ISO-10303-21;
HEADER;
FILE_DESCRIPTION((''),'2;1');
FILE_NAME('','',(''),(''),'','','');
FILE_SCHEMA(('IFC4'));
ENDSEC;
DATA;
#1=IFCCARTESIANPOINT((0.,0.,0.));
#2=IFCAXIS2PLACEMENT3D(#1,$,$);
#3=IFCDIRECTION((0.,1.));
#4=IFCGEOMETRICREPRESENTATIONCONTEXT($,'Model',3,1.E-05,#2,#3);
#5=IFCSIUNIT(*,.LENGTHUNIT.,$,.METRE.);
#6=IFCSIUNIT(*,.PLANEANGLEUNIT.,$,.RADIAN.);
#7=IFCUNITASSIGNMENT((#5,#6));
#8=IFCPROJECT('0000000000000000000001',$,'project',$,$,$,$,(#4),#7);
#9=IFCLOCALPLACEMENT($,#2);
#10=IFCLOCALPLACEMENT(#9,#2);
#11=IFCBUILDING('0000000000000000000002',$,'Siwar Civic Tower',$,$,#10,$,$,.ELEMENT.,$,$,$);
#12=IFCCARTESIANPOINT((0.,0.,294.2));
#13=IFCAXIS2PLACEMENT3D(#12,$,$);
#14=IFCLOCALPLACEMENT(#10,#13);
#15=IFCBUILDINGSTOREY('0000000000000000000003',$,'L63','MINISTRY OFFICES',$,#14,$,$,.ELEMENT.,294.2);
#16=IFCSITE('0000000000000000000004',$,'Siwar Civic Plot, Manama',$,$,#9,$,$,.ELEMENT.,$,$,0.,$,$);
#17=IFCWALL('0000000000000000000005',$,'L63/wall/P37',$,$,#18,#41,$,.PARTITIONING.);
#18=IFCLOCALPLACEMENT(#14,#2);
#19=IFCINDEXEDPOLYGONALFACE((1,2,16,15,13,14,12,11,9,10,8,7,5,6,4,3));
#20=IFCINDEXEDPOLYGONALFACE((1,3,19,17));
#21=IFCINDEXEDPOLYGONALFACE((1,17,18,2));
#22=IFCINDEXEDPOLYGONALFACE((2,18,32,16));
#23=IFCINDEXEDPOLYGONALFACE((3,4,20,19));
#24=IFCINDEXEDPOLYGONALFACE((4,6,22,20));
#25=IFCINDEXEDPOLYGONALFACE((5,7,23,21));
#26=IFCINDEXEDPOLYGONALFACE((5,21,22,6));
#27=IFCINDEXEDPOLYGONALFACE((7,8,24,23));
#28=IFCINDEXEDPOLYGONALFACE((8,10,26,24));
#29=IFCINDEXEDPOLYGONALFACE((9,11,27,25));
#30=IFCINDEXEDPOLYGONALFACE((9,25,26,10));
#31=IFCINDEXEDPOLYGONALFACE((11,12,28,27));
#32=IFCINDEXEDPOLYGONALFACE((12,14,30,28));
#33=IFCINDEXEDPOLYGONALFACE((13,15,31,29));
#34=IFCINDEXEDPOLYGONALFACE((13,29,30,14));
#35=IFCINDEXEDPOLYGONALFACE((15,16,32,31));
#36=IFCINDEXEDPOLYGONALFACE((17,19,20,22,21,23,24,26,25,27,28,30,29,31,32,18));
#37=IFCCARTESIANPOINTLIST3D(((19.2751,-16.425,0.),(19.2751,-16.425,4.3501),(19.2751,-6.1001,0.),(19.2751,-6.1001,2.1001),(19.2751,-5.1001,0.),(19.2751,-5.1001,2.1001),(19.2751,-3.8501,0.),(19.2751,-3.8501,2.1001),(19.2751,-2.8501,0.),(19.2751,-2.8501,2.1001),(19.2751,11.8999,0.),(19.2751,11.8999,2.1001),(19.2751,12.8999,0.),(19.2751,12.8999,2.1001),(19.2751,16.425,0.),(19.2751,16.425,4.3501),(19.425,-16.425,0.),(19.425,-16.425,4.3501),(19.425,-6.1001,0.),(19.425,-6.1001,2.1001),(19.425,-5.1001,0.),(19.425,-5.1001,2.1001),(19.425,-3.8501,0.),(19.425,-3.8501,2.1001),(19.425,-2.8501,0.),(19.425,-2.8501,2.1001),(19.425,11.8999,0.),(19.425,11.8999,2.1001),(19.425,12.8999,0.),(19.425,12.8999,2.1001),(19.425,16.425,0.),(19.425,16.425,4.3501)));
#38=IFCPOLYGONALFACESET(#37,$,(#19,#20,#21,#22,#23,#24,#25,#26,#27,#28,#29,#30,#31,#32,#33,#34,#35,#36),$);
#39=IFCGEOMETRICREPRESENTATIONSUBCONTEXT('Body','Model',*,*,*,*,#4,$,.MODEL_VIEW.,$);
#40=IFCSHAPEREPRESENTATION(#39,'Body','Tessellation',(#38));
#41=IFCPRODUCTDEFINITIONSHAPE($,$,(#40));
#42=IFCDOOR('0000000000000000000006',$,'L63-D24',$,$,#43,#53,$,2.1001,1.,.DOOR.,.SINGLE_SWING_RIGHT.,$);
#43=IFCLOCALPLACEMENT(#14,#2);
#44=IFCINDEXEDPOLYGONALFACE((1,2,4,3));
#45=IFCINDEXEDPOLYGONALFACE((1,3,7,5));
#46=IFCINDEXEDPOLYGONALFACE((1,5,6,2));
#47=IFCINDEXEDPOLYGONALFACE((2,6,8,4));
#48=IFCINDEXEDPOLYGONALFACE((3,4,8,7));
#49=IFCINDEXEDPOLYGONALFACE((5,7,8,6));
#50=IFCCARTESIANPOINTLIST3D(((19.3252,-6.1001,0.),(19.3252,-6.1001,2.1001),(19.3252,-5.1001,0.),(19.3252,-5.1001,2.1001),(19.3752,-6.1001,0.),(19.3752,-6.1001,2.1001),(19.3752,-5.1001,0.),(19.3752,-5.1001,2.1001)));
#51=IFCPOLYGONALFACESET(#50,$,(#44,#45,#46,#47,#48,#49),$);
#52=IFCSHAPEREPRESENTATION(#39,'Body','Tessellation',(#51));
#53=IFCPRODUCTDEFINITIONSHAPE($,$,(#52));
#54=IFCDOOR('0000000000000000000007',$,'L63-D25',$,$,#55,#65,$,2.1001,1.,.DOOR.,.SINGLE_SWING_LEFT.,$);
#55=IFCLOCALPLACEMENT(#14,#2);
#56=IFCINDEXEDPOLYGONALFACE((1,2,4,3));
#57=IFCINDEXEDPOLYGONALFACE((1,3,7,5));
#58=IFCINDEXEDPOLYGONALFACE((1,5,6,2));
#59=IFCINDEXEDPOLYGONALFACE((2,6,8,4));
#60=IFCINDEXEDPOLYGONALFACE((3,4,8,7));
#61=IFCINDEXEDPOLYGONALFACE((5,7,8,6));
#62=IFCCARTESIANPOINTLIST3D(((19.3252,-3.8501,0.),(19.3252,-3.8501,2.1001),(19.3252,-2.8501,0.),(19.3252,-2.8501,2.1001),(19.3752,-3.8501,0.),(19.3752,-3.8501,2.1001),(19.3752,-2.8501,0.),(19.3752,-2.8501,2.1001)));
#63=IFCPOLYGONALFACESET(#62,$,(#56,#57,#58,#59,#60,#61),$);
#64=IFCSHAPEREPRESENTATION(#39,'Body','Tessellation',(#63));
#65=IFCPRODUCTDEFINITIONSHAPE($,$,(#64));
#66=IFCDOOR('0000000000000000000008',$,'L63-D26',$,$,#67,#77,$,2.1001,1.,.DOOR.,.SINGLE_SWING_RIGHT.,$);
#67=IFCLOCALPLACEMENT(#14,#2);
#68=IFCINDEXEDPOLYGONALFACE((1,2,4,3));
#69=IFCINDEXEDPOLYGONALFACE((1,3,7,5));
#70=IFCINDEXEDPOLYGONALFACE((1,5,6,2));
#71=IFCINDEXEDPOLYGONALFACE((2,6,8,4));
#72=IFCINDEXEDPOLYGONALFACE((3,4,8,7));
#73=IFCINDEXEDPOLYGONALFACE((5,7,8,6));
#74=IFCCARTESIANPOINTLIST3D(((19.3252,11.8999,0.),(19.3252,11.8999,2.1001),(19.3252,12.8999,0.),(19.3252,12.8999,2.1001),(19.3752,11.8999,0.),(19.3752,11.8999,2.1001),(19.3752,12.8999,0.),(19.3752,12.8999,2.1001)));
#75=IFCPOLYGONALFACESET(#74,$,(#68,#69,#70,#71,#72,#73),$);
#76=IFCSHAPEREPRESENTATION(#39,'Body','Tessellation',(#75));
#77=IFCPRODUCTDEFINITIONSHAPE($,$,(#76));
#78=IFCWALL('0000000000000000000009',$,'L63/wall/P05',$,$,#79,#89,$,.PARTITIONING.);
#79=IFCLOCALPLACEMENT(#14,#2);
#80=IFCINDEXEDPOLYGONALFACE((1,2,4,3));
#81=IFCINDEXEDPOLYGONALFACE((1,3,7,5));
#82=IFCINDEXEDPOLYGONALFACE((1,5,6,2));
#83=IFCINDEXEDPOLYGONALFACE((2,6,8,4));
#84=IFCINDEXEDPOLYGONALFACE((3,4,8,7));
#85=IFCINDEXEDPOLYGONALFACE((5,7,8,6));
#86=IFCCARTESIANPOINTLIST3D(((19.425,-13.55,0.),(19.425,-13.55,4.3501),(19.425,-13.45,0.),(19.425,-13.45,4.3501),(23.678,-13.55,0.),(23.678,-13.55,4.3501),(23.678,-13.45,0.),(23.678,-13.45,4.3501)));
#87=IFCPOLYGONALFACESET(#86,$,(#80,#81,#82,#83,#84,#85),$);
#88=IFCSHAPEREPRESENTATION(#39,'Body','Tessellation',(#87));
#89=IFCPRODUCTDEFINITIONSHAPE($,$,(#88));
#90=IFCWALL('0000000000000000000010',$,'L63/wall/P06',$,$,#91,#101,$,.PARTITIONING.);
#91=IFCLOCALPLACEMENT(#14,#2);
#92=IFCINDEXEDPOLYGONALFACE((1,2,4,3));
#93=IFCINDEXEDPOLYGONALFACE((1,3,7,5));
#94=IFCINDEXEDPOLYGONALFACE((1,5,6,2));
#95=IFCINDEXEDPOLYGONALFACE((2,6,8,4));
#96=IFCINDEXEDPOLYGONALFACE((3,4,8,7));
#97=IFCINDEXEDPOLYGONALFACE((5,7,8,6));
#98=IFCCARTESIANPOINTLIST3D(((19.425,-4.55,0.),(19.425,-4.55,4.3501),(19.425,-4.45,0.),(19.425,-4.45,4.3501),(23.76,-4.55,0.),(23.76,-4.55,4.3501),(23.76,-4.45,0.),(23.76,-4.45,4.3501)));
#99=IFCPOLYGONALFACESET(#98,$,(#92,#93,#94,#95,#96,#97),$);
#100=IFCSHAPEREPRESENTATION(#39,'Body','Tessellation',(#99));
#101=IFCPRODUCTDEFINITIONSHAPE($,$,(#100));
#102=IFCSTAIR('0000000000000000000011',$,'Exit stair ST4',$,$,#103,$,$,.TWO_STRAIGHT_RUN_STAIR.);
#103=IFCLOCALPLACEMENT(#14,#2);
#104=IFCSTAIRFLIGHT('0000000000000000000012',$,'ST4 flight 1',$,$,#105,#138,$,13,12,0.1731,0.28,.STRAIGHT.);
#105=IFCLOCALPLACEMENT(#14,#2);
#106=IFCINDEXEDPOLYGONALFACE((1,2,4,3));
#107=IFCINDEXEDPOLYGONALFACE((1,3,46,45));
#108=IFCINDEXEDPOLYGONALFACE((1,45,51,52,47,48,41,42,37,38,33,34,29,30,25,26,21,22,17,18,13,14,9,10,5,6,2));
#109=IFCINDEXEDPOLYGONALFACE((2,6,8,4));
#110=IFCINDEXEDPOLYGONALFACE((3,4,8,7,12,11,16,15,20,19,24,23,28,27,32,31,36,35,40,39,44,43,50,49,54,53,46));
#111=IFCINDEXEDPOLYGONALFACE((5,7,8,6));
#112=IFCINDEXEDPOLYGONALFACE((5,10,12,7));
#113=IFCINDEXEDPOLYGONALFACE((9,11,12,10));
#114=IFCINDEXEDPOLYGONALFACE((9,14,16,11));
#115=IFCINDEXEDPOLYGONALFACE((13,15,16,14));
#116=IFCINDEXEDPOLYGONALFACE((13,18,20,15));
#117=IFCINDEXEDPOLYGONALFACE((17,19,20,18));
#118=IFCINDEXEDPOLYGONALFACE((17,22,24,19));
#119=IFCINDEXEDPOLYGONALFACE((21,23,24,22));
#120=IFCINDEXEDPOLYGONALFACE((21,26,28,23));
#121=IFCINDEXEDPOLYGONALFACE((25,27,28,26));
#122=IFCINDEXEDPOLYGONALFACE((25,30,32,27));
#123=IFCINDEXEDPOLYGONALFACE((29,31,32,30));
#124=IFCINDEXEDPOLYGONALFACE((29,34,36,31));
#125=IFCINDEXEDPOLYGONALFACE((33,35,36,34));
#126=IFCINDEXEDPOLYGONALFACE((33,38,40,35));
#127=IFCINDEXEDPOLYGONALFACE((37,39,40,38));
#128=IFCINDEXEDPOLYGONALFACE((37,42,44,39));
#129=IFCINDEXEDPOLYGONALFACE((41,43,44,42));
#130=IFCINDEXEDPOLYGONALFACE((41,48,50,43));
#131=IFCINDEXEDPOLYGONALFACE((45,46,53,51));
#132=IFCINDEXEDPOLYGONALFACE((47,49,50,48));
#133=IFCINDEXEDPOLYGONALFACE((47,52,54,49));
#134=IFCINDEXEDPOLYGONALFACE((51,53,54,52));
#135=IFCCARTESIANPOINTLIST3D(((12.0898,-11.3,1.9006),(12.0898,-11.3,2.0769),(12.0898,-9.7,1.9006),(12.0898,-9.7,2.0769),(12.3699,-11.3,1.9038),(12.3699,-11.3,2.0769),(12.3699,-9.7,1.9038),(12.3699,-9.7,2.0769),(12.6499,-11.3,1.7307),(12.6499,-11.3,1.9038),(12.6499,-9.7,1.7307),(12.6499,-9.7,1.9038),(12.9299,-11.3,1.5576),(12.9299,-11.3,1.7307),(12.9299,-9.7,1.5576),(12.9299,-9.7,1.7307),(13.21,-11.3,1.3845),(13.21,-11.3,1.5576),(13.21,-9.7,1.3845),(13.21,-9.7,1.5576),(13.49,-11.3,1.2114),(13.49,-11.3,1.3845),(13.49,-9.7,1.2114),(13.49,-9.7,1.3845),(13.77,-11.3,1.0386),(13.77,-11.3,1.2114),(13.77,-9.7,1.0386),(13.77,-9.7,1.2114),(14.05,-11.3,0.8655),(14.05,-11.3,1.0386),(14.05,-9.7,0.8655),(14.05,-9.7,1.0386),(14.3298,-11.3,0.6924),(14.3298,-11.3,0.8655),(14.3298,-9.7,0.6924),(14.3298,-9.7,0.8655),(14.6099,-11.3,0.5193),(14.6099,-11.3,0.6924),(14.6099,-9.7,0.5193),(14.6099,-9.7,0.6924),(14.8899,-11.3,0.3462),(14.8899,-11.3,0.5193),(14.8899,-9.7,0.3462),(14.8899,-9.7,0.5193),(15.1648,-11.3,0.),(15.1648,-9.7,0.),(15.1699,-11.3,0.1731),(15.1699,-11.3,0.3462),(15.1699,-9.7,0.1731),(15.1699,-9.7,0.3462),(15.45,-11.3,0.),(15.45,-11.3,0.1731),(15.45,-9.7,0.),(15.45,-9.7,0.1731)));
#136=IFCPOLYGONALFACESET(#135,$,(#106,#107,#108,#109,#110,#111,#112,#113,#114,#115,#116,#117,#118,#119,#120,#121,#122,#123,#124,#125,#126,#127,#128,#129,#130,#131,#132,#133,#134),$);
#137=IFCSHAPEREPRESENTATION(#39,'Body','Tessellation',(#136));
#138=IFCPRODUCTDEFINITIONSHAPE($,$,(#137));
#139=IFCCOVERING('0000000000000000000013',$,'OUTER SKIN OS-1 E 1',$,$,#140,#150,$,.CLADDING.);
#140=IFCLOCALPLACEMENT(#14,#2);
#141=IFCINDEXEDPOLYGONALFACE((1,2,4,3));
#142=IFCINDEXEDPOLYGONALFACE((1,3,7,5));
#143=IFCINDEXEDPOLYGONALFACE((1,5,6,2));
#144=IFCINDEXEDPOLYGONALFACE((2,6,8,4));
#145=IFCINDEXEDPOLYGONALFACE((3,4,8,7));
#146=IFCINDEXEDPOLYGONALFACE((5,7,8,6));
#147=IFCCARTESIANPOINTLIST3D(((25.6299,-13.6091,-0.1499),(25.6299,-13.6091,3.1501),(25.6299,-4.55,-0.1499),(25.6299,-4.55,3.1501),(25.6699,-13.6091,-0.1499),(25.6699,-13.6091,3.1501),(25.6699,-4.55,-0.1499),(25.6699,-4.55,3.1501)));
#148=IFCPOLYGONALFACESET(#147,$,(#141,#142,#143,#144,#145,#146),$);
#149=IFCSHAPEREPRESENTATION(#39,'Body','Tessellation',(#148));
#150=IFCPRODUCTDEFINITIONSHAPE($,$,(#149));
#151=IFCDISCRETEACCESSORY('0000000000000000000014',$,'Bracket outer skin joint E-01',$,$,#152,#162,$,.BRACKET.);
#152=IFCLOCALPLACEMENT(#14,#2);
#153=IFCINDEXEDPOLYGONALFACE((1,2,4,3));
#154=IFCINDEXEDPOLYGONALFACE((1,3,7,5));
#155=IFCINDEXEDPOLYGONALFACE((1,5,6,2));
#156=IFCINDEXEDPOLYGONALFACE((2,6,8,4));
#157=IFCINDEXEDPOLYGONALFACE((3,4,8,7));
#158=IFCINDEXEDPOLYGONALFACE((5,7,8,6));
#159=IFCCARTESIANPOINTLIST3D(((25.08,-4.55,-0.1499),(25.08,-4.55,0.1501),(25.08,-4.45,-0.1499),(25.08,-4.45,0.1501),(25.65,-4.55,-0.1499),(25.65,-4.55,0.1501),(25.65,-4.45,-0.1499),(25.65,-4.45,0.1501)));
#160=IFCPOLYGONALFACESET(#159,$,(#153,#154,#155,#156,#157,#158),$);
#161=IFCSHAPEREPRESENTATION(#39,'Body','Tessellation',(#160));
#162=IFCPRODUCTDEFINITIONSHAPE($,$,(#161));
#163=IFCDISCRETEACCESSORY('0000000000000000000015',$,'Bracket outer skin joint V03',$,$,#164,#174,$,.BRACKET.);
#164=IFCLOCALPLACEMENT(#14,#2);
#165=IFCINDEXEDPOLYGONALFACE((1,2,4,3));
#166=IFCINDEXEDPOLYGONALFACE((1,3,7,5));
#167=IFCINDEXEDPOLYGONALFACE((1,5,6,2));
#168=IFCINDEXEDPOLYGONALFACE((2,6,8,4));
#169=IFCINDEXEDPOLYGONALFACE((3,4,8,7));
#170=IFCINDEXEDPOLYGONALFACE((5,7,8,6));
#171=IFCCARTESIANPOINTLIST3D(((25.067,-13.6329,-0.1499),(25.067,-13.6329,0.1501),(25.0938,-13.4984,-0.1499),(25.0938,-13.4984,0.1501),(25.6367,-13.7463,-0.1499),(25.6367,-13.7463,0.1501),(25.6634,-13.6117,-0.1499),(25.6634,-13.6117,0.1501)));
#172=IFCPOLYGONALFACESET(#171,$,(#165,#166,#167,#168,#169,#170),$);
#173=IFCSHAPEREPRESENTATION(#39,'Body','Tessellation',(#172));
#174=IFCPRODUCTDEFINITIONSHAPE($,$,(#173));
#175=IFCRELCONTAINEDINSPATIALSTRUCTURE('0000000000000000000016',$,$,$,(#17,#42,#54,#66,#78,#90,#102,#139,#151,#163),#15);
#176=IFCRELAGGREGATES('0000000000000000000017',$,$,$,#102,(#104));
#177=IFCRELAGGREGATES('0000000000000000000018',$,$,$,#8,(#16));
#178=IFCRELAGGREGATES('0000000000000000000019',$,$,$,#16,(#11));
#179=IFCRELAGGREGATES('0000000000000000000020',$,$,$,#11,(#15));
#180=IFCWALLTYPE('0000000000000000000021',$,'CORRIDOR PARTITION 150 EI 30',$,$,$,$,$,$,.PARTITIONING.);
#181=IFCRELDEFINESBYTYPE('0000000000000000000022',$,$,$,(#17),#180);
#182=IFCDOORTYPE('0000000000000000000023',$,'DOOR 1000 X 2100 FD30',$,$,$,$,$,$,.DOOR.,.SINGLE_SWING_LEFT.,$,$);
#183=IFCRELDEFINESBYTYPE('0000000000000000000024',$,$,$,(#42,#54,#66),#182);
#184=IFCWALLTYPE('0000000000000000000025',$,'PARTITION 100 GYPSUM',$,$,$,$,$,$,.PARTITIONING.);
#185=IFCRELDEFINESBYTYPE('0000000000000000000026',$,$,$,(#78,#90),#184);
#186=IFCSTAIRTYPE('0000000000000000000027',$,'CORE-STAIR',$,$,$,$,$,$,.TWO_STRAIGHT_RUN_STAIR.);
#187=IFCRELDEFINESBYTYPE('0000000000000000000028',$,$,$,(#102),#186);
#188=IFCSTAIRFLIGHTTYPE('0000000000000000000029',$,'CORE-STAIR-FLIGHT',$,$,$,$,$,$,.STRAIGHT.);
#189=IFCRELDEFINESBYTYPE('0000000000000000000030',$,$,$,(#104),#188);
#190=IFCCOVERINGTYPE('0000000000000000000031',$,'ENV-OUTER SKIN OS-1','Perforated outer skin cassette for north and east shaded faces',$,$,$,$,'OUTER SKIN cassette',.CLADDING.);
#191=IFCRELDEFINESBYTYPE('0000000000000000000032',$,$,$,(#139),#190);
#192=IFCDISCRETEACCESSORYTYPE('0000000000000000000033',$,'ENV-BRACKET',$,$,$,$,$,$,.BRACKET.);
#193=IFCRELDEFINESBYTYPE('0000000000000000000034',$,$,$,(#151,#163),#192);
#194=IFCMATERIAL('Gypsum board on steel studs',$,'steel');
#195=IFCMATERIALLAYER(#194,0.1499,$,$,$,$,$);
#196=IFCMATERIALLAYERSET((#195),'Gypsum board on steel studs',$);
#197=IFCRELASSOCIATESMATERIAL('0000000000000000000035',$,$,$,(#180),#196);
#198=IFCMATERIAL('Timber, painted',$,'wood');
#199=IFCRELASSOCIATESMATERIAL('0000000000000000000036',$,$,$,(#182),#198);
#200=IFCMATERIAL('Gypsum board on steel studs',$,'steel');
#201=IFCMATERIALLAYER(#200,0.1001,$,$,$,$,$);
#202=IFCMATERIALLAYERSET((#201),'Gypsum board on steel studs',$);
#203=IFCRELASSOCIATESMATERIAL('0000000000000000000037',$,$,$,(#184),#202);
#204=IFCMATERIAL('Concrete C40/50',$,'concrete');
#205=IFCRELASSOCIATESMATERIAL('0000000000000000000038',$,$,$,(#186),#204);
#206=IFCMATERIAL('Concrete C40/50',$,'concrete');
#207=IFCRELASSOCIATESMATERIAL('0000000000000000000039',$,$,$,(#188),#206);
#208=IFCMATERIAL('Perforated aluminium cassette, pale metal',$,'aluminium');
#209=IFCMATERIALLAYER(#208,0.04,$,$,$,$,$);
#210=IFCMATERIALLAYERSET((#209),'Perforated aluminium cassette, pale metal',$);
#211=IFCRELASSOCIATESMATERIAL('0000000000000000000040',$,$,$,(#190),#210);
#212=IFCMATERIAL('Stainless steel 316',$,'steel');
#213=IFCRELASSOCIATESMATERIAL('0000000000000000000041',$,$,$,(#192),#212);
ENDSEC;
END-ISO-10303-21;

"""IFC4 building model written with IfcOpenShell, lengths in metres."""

from ifc_helpers import new_model, si_unit, direction, frame, frame_2d, origin, origin_2d, place, context, subcontext, project, spatial, polyline, rectangle, outline, extrude, material, layer, layer_set, type_object, element, fill, aggregate, save


model = new_model("IFC4")

# Units and contexts
model_context = context("Model", 3, precision=1e-05, world=origin(), true_north=direction((0.0, 1.0)))
body_context = subcontext(model_context, "Body", "Model", "MODEL_VIEW")
ifc_project = project(units=[si_unit("LENGTHUNIT", "METRE"), si_unit("PLANEANGLEUNIT", "RADIAN")], contexts=[model_context])

# Site, building, storey
site_placement = place(None, origin())
site = spatial("IfcSite", under=ifc_project, at=site_placement, Name="Siwar Civic Plot, Manama", CompositionType="ELEMENT", RefElevation=0.0)
building_placement = place(site_placement, origin())
building = spatial("IfcBuilding", under=site, at=building_placement, Name="Siwar Civic Tower", CompositionType="ELEMENT")
storey_placement = place(building_placement, frame((0.0, 0.0, 294.2)))
storey = spatial("IfcBuildingStorey", under=building, at=storey_placement, Name="L63", Description="MINISTRY OFFICES", CompositionType="ELEMENT", Elevation=294.2)

# Wall, openings, doors
ifc_material_1 = material(Name="Gypsum board on steel studs", Category="steel")
ifc_layer_1 = layer(ifc_material_1, 0.1499)
ifc_layer_set_1 = layer_set([ifc_layer_1], Name="Gypsum board on steel studs")
wall_type_1 = type_object("IfcWallType", Name="CORRIDOR PARTITION 150 EI 30", PredefinedType="PARTITIONING", material=ifc_layer_set_1)
wall_1_placement = place(storey_placement, frame((19.3501, -16.425, 0.0), z_axis=(0.0, 0.0, 1.0), x_axis=(0.0, 1.0, 0.0)))
wall_1 = element("IfcWall", 1, at=wall_1_placement, inside=storey, type_object=wall_type_1, Name="L63/wall/P37", PredefinedType="PARTITIONING", context=body_context, shape_type="SweptSolid", body=[
    extrude(rectangle(XDim=32.8501, YDim=0.1499, at=frame_2d((16.425, 0.0))), origin(), (0.0, 0.0, 1.0), 4.3501),
])
opening_1_placement = place(wall_1_placement, frame((10.325, 0.0, 0.0)))
opening_1 = element("IfcOpeningElement", 2, at=opening_1_placement, cuts=wall_1, PredefinedType="OPENING", context=body_context, shape_type="SweptSolid", body=[
    extrude(rectangle(XDim=1.0, YDim=2.1001, at=frame_2d((0.5, 1.05))), frame((0.0, 0.085, 0.0), z_axis=(0.0, -1.0, 0.0), x_axis=(1.0, 0.0, 0.0)), (0.0, 0.0, 1.0), 0.1699),
])
opening_2_placement = place(wall_1_placement, frame((12.575, 0.0, 0.0)))
opening_2 = element("IfcOpeningElement", 3, at=opening_2_placement, cuts=wall_1, PredefinedType="OPENING", context=body_context, shape_type="SweptSolid", body=[
    extrude(rectangle(XDim=1.0, YDim=2.1001, at=frame_2d((0.5, 1.05))), frame((0.0, 0.085, 0.0), z_axis=(0.0, -1.0, 0.0), x_axis=(1.0, 0.0, 0.0)), (0.0, 0.0, 1.0), 0.1699),
])
opening_3_placement = place(wall_1_placement, frame((28.325, 0.0, 0.0)))
opening_3 = element("IfcOpeningElement", 4, at=opening_3_placement, cuts=wall_1, PredefinedType="OPENING", context=body_context, shape_type="SweptSolid", body=[
    extrude(rectangle(XDim=1.0, YDim=2.1001, at=frame_2d((0.5, 1.05))), frame((0.0, 0.085, 0.0), z_axis=(0.0, -1.0, 0.0), x_axis=(1.0, 0.0, 0.0)), (0.0, 0.0, 1.0), 0.1699),
])
ifc_material_2 = material(Name="Timber, painted", Category="wood")
door_type_1 = type_object("IfcDoorType", Name="DOOR 1000 X 2100 FD30", OperationType="SINGLE_SWING_LEFT", PredefinedType="DOOR", material=ifc_material_2)
door_1_placement = place(opening_1_placement, origin())
door_1 = element("IfcDoor", 5, at=door_1_placement, inside=storey, type_object=door_type_1, Name="L63-D24", OperationType="SINGLE_SWING_RIGHT", OverallHeight=2.1001, OverallWidth=1.0, PredefinedType="DOOR", context=body_context, shape_type="SweptSolid", body=[
    extrude(rectangle(XDim=1.0, YDim=2.1001, at=frame_2d((0.5, 1.05))), frame((0.0, 0.0249, 0.0), z_axis=(0.0, -1.0, 0.0), x_axis=(1.0, 0.0, 0.0)), (0.0, 0.0, 1.0), 0.05),
])
fill(opening_1, door_1)
door_2_placement = place(opening_2_placement, origin())
door_2 = element("IfcDoor", 6, at=door_2_placement, inside=storey, type_object=door_type_1, Name="L63-D25", OperationType="SINGLE_SWING_LEFT", OverallHeight=2.1001, OverallWidth=1.0, PredefinedType="DOOR", context=body_context, shape_type="SweptSolid", body=[
    extrude(rectangle(XDim=1.0, YDim=2.1001, at=frame_2d((0.5, 1.05))), frame((0.0, 0.0249, 0.0), z_axis=(0.0, -1.0, 0.0), x_axis=(1.0, 0.0, 0.0)), (0.0, 0.0, 1.0), 0.05),
])
fill(opening_2, door_2)
door_3_placement = place(opening_3_placement, origin())
door_3 = element("IfcDoor", 7, at=door_3_placement, inside=storey, type_object=door_type_1, Name="L63-D26", OperationType="SINGLE_SWING_RIGHT", OverallHeight=2.1001, OverallWidth=1.0, PredefinedType="DOOR", context=body_context, shape_type="SweptSolid", body=[
    extrude(rectangle(XDim=1.0, YDim=2.1001, at=frame_2d((0.5, 1.05))), frame((0.0, 0.0249, 0.0), z_axis=(0.0, -1.0, 0.0), x_axis=(1.0, 0.0, 0.0)), (0.0, 0.0, 1.0), 0.05),
])
fill(opening_3, door_3)

# Walls
ifc_material_3 = material(Name="Gypsum board on steel studs", Category="steel")
ifc_layer_2 = layer(ifc_material_3, 0.1001)
ifc_layer_set_2 = layer_set([ifc_layer_2], Name="Gypsum board on steel studs")
wall_type_2 = type_object("IfcWallType", Name="PARTITION 100 GYPSUM", PredefinedType="PARTITIONING", material=ifc_layer_set_2)
wall_2_placement = place(storey_placement, frame((19.425, -13.5, 0.0), z_axis=(0.0, 0.0, 1.0), x_axis=(1.0, 0.0, 0.0)))
element("IfcWall", 8, at=wall_2_placement, inside=storey, type_object=wall_type_2, Name="L63/wall/P05", PredefinedType="PARTITIONING", context=body_context, shape_type="SweptSolid", body=[
    extrude(rectangle(XDim=4.2529, YDim=0.1001, at=frame_2d((2.1265, 0.0))), origin(), (0.0, 0.0, 1.0), 4.3501),
])
wall_3_placement = place(storey_placement, frame((19.425, -4.5, 0.0), z_axis=(0.0, 0.0, 1.0), x_axis=(1.0, 0.0, 0.0)))
element("IfcWall", 9, at=wall_3_placement, inside=storey, type_object=wall_type_2, Name="L63/wall/P06", PredefinedType="PARTITIONING", context=body_context, shape_type="SweptSolid", body=[
    extrude(rectangle(XDim=4.335, YDim=0.1001, at=frame_2d((2.1675, 0.0))), origin(), (0.0, 0.0, 1.0), 4.3501),
])

# Stair, stair flight
ifc_material_4 = material(Name="Concrete C40/50", Category="concrete")
stair_type = type_object("IfcStairType", Name="CORE-STAIR", PredefinedType="TWO_STRAIGHT_RUN_STAIR", material=ifc_material_4)
stair_placement = place(storey_placement, origin())
stair = element("IfcStair", 10, at=stair_placement, inside=storey, type_object=stair_type, Name="Exit stair ST4", PredefinedType="TWO_STRAIGHT_RUN_STAIR")
ifc_material_5 = material(Name="Concrete C40/50", Category="concrete")
stair_flight_type = type_object("IfcStairFlightType", Name="CORE-STAIR-FLIGHT", PredefinedType="STRAIGHT", material=ifc_material_5)
stair_flight_placement = place(storey_placement, frame((15.45, -10.5, 0.0), z_axis=(0.0, 0.0, 1.0), x_axis=(-1.0, 0.0, 0.0)))
stair_flight = element("IfcStairFlight", 11, at=stair_flight_placement, type_object=stair_flight_type, Name="ST4 flight 1", NumberOfRisers=13, NumberOfTreads=12, PredefinedType="STRAIGHT", RiserHeight=0.1731, TreadLength=0.28, context=body_context, shape_type="SweptSolid", body=[
    extrude(outline(polyline([(0.0, 0.0), (0.0, 0.1731), (0.28, 0.1731), (0.28, 0.3462), (0.5601, 0.3462), (0.5601, 0.5193), (0.8401, 0.5193), (0.8401, 0.6924), (1.1201, 0.6924), (1.1201, 0.8655), (1.3999, 0.8655), (1.3999, 1.0386), (1.6799, 1.0386), (1.6799, 1.2114), (1.96, 1.2114), (1.96, 1.3845), (2.24, 1.3845), (2.24, 1.5576), (2.52, 1.5576), (2.52, 1.7307), (2.8, 1.7307), (2.8, 1.9038), (3.0801, 1.9038), (3.0801, 2.0769), (3.3601, 2.0769), (3.3601, 2.25), (3.3601, 1.9006), (0.2852, 0.0), (0.0, 0.0)])), frame((0.0, 0.8, 0.0), z_axis=(0.0, -1.0, 0.0), x_axis=(1.0, 0.0, 0.0)), (0.0, 0.0, 1.0), 1.6001),
])
aggregate(stair, [stair_flight])

# Covering
ifc_material_6 = material(Name="Perforated aluminium cassette, pale metal", Category="aluminium")
ifc_layer_3 = layer(ifc_material_6, 0.04)
ifc_layer_set_3 = layer_set([ifc_layer_3], Name="Perforated aluminium cassette, pale metal")
covering_type = type_object("IfcCoveringType", Name="ENV-OUTER SKIN OS-1", Description="Perforated outer skin cassette for north and east shaded faces", ElementType="OUTER SKIN cassette", PredefinedType="CLADDING", material=ifc_layer_set_3)
covering_placement = place(storey_placement, frame((25.6499, -9.0796, -0.1499), z_axis=(0.0, 0.0, 1.0), x_axis=(0.0, 1.0, 0.0)))
element("IfcCovering", 12, at=covering_placement, inside=storey, type_object=covering_type, Name="OUTER SKIN OS-1 E 1", PredefinedType="CLADDING", context=body_context, shape_type="SweptSolid", body=[
    extrude(rectangle(XDim=9.0591, YDim=0.04, at=origin_2d()), origin(), (0.0, 0.0, 1.0), 3.3),
])

# Discrete accessories
ifc_material_7 = material(Name="Stainless steel 316", Category="steel")
discrete_accessory_type = type_object("IfcDiscreteAccessoryType", Name="ENV-BRACKET", PredefinedType="BRACKET", material=ifc_material_7)
discrete_accessory_1_placement = place(storey_placement, frame((25.365, -4.5, -0.1499), z_axis=(0.0, 0.0, 1.0), x_axis=(1.0, 0.0, 0.0)))
element("IfcDiscreteAccessory", 13, at=discrete_accessory_1_placement, inside=storey, type_object=discrete_accessory_type, Name="Bracket outer skin joint E-01", PredefinedType="BRACKET", context=body_context, shape_type="SweptSolid", body=[
    extrude(rectangle(XDim=0.5701, YDim=0.1001, at=origin_2d()), origin(), (0.0, 0.0, 1.0), 0.3),
])
discrete_accessory_2_placement = place(storey_placement, frame((25.3652, -13.6223, -0.1499), z_axis=(0.0, 0.0, 1.0), x_axis=(0.980785, -0.19509, 0.0)))
element("IfcDiscreteAccessory", 14, at=discrete_accessory_2_placement, inside=storey, type_object=discrete_accessory_type, Name="Bracket outer skin joint V03", PredefinedType="BRACKET", context=body_context, shape_type="SweptSolid", body=[
    extrude(rectangle(XDim=0.5808, YDim=0.1372, at=origin_2d()), origin(), (0.0, 0.0, 1.0), 0.3),
])

save(model, "model.ifc")
